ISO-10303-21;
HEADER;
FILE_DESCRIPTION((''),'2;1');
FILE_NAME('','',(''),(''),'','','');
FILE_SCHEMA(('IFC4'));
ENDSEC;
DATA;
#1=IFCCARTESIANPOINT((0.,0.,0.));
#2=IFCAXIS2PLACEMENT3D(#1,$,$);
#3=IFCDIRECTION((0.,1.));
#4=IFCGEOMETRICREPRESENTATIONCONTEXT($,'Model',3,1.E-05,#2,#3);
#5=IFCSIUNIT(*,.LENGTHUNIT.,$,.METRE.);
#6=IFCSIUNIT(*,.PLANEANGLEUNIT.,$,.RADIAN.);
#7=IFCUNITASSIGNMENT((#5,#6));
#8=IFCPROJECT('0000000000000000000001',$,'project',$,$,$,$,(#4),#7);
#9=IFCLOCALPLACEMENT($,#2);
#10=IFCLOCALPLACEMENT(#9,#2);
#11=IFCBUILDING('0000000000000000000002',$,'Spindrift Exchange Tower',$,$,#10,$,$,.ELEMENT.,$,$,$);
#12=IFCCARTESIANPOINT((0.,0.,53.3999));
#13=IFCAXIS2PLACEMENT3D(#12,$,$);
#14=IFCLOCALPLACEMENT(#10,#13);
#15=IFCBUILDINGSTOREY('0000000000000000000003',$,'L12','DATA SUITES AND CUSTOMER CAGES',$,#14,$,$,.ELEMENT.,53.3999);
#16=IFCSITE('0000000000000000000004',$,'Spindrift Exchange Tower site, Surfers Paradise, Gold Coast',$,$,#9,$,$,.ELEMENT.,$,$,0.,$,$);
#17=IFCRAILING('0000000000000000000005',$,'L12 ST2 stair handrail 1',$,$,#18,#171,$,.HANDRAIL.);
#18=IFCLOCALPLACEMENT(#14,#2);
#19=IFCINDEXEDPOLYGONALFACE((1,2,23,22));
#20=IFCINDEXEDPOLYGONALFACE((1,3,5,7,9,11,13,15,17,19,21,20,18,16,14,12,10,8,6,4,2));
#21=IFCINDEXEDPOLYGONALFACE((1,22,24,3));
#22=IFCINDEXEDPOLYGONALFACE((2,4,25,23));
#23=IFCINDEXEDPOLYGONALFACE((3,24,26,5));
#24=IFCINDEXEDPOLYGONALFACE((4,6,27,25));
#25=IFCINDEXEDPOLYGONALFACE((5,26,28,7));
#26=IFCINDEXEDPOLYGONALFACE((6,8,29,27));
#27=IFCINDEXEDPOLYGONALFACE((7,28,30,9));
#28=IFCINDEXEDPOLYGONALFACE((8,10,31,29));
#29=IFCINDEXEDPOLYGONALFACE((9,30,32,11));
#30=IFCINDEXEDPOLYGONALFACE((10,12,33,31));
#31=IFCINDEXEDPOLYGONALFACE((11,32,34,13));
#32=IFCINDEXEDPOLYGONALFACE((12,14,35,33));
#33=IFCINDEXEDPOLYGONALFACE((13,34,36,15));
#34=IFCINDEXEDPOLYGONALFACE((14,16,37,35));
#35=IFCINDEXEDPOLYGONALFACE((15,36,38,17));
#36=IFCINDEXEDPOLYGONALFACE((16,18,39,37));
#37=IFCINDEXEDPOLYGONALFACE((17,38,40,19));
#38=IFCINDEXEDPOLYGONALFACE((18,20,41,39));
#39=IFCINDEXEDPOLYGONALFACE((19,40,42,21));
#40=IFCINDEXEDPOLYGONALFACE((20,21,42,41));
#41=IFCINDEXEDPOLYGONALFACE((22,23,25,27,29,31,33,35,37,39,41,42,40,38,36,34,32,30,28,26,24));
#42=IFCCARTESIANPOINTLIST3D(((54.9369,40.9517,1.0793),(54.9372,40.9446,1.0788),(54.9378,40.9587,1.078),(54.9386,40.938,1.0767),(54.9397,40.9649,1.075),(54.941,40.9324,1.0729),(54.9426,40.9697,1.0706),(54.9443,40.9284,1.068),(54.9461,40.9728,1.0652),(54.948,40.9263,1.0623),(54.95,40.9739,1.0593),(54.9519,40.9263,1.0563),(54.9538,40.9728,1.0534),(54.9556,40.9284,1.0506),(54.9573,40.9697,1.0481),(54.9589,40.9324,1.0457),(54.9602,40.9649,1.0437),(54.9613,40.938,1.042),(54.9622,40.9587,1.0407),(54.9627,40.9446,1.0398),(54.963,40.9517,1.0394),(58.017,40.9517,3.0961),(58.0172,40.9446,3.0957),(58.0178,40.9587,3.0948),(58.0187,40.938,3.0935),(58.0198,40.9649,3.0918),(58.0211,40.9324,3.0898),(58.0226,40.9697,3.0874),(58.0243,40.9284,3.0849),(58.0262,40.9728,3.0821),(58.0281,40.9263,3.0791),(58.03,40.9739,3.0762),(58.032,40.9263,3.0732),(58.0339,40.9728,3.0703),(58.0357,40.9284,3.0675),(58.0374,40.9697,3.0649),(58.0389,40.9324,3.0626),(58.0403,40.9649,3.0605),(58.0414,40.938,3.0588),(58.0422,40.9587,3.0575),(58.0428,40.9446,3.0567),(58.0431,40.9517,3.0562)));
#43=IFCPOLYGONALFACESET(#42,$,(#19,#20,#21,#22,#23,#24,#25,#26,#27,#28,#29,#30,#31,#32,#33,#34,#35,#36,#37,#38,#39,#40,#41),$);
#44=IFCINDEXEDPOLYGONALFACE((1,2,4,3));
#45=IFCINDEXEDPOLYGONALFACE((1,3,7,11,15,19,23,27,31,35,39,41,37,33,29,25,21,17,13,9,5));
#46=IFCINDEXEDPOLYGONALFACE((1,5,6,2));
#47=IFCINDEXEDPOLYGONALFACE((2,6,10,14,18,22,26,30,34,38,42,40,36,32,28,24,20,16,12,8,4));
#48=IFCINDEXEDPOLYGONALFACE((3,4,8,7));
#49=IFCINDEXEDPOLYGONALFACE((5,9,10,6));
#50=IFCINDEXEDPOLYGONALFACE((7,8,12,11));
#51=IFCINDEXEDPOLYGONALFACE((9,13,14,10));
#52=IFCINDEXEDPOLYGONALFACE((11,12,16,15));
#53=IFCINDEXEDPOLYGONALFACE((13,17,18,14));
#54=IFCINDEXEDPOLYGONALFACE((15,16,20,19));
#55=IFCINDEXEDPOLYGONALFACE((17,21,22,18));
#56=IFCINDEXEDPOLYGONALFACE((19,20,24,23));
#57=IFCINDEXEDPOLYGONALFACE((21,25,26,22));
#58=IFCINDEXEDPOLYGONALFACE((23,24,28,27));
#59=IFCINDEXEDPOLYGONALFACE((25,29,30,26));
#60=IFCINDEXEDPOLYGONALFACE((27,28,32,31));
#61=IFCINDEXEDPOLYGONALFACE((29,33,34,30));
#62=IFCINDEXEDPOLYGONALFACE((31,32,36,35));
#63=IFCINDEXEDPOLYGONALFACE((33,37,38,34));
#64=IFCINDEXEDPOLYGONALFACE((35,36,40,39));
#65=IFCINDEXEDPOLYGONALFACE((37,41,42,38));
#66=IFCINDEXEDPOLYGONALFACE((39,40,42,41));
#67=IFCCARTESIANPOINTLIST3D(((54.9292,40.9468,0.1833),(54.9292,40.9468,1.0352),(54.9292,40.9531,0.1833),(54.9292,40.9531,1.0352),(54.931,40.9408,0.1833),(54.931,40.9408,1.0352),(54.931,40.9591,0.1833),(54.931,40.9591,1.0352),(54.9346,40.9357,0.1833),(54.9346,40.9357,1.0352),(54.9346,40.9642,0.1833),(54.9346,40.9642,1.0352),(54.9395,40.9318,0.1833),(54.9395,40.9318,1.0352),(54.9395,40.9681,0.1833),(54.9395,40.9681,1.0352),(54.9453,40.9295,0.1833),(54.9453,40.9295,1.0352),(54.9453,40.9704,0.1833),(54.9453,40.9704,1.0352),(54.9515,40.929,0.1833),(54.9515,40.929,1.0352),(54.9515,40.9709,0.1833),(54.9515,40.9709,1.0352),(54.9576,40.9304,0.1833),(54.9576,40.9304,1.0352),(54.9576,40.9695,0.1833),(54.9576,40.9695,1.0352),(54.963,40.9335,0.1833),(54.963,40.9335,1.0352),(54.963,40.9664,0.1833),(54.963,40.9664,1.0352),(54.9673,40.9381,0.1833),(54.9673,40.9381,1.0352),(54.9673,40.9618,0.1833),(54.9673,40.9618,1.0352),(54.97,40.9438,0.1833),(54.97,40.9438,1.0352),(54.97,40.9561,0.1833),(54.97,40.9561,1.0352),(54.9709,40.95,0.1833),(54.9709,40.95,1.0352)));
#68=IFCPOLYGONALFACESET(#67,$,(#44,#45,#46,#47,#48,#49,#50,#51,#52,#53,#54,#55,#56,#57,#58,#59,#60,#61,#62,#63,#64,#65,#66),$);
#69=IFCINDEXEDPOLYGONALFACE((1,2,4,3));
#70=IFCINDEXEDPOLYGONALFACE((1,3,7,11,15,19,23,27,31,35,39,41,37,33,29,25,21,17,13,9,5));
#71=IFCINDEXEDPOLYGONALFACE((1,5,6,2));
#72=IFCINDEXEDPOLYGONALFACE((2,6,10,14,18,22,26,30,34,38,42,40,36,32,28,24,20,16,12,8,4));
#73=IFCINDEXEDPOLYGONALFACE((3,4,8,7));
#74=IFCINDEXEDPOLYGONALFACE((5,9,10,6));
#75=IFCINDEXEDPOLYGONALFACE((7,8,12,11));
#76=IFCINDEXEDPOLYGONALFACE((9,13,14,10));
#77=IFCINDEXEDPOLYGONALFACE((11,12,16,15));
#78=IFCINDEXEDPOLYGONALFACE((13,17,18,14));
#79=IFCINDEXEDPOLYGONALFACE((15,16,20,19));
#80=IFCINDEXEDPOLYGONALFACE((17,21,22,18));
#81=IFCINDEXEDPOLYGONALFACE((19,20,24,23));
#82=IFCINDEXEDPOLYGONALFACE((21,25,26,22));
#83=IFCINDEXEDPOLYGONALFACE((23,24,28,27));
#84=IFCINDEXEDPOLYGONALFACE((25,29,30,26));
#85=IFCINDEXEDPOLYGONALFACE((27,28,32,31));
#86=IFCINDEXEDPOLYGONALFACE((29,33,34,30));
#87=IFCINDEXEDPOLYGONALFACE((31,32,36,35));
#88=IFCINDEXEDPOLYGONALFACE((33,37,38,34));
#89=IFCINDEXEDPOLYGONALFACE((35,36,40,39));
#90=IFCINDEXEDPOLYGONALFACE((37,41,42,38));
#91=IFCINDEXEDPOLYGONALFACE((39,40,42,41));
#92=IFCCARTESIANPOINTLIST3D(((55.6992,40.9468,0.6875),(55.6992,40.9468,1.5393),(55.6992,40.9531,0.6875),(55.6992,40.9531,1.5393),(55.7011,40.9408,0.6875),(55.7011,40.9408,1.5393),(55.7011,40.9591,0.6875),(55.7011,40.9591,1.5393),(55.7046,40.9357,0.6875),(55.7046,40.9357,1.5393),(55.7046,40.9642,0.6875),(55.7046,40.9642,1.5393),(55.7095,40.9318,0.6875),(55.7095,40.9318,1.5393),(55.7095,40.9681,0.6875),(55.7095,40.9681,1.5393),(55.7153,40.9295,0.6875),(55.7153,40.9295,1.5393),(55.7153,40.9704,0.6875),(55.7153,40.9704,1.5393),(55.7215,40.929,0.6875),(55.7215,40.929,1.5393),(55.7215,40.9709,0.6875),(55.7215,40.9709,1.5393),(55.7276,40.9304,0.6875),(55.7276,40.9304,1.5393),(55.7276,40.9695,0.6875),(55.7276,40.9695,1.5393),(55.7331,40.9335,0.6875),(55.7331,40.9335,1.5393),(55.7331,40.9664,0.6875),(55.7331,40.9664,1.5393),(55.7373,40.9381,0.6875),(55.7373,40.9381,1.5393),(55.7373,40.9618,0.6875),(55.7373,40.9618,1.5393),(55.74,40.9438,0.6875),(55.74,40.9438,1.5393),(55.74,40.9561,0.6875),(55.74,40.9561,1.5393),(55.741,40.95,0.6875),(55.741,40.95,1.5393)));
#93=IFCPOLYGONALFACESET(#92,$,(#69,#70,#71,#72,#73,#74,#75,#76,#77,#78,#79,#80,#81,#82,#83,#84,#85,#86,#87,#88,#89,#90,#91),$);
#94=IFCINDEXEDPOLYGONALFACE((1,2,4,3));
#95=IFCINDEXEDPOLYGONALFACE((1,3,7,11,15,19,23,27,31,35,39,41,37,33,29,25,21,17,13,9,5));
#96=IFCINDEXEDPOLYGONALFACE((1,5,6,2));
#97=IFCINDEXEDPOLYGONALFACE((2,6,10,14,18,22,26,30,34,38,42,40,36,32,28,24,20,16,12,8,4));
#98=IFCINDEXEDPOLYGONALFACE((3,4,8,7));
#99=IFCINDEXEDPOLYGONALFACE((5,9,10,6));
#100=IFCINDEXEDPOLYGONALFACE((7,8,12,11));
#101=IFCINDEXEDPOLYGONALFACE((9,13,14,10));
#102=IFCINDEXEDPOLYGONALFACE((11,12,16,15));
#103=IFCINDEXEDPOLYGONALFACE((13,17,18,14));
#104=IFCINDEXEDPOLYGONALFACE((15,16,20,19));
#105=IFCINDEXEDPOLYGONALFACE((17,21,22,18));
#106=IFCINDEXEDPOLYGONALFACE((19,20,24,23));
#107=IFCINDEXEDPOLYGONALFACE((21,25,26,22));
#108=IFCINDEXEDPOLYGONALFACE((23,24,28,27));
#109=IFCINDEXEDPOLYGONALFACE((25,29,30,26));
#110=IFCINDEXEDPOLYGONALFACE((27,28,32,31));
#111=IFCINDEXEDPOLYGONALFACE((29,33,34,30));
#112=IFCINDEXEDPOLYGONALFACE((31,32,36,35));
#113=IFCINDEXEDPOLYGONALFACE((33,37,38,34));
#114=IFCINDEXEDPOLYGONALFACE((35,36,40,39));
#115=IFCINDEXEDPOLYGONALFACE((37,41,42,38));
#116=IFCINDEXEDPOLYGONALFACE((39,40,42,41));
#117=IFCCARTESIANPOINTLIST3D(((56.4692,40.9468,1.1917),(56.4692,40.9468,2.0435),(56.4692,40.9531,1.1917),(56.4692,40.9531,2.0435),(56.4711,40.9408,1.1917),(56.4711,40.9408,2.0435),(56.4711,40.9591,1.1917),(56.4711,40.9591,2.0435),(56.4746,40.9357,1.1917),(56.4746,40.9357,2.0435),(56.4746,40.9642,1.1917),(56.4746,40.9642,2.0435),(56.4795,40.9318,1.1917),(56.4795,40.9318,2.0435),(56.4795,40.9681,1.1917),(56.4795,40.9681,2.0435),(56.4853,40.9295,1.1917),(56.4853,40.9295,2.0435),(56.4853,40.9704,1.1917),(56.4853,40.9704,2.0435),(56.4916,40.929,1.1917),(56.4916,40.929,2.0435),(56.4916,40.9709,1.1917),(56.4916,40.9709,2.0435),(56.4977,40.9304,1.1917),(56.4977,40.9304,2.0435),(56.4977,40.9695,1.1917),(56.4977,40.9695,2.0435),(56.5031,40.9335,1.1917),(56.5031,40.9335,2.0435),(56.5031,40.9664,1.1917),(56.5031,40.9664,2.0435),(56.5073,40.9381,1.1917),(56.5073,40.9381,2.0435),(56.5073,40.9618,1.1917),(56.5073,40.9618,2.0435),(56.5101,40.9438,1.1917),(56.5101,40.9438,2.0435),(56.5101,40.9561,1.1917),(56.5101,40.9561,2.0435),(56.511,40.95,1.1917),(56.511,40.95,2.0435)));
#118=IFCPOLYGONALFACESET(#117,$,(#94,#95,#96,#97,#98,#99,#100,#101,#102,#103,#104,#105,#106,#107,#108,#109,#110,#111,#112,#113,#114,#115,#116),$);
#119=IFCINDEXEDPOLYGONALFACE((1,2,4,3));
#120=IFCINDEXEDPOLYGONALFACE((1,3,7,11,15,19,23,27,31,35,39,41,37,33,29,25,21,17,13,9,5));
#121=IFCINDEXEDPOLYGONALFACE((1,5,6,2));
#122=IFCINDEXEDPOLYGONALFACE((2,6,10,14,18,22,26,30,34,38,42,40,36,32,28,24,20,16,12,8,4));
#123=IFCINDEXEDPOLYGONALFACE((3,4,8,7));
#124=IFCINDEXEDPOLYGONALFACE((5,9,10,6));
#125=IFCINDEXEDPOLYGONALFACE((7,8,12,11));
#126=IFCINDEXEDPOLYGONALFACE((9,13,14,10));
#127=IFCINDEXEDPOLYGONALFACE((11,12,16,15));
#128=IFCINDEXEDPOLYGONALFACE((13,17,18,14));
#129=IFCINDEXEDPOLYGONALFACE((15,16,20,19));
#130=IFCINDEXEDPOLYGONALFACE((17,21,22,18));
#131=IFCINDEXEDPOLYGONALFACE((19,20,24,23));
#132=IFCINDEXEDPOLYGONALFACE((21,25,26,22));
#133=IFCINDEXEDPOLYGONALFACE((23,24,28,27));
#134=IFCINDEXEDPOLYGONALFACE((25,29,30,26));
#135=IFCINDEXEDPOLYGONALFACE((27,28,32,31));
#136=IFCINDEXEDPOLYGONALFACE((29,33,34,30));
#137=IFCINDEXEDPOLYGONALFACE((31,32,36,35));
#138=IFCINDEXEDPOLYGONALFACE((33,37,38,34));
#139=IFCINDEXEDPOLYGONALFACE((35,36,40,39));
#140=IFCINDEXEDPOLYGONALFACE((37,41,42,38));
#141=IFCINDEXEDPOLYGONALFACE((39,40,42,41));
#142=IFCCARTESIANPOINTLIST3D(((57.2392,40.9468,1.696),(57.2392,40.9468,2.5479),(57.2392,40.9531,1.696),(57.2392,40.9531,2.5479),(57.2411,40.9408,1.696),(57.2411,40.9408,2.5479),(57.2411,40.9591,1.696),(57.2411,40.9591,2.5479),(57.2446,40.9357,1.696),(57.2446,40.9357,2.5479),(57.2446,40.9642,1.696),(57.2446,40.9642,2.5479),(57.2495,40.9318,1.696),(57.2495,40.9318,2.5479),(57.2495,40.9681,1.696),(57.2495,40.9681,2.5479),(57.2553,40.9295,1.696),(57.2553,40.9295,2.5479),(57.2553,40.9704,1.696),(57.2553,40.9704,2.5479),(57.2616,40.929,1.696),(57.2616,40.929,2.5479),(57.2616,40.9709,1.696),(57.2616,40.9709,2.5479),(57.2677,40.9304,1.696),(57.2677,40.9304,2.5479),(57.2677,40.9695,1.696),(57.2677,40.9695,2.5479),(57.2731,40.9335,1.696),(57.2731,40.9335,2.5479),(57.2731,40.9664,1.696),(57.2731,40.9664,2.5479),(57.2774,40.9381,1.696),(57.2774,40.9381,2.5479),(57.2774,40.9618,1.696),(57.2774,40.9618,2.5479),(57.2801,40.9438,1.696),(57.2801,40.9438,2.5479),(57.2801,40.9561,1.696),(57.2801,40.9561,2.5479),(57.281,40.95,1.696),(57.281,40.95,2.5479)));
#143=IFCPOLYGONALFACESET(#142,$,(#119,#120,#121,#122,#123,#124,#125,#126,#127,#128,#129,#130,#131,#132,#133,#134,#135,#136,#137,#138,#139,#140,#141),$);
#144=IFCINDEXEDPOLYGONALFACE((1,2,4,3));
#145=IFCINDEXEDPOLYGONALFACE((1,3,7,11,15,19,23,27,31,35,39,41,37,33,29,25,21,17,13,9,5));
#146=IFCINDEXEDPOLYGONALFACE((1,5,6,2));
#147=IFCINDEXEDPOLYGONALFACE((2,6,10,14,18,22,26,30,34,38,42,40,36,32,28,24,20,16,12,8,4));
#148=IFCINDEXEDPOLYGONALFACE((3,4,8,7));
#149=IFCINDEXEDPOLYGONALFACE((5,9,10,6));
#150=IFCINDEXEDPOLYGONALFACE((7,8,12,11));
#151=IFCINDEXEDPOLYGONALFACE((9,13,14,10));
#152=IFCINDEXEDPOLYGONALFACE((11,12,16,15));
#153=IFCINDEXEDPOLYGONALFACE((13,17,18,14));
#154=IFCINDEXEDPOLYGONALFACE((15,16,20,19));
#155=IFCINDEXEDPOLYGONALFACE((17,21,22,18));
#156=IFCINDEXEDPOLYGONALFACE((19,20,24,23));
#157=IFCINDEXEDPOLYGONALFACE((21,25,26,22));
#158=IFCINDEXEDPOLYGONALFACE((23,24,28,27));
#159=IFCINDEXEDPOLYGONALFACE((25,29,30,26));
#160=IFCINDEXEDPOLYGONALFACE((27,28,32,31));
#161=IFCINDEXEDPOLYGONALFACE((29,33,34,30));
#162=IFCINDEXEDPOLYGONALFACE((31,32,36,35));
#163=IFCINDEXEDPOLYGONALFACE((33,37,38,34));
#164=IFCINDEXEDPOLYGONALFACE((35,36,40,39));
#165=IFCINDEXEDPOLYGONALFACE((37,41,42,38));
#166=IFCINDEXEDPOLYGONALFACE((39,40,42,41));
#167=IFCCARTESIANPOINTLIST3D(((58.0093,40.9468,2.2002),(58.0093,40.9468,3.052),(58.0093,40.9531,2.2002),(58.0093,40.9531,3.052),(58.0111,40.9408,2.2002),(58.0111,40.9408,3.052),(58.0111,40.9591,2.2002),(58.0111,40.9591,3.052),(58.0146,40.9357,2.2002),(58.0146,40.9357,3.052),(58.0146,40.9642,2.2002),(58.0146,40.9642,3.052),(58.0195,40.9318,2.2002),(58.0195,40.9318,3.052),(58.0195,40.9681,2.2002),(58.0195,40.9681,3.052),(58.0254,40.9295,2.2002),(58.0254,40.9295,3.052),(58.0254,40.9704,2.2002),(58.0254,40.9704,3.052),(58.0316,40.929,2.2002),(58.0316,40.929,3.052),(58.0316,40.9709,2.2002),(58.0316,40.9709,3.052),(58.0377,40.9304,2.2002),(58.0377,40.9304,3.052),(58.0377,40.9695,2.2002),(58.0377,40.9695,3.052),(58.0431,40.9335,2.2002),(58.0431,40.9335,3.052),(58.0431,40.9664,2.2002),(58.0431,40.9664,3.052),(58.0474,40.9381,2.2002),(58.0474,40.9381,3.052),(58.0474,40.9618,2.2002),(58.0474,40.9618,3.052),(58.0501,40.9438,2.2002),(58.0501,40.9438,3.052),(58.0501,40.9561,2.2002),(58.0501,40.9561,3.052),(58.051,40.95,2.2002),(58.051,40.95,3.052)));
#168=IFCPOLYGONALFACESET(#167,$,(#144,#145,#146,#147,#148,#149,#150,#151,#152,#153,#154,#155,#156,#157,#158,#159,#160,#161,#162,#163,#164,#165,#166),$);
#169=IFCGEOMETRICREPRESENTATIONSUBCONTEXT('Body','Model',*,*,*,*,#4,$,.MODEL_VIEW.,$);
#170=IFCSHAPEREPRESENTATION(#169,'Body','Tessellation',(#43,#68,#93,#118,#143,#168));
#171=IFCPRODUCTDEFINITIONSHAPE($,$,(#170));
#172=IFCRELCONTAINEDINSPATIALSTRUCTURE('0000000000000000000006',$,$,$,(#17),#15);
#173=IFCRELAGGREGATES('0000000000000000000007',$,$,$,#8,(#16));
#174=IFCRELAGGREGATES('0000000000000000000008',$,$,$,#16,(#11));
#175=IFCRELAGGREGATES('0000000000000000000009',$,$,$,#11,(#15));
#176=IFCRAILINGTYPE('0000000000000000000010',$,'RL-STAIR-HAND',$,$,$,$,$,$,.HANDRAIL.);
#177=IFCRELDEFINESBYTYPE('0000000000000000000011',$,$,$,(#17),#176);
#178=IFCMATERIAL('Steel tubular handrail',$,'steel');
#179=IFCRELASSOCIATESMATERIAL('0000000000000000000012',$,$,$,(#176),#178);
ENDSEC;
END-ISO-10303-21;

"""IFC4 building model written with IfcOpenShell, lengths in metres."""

from ifc_helpers import new_model, si_unit, direction, frame, origin, origin_2d, place, context, subcontext, project, spatial, circle, extrude, material, type_object, element, save


model = new_model("IFC4")

# Units and contexts
model_context = context("Model", 3, precision=1e-05, world=origin(), true_north=direction((0.0, 1.0)))
body_context = subcontext(model_context, "Body", "Model", "MODEL_VIEW")
ifc_project = project(units=[si_unit("LENGTHUNIT", "METRE"), si_unit("PLANEANGLEUNIT", "RADIAN")], contexts=[model_context])

# Site, building, storey
site_placement = place(None, origin())
site = spatial("IfcSite", under=ifc_project, at=site_placement, Name="Spindrift Exchange Tower site, Surfers Paradise, Gold Coast", CompositionType="ELEMENT", RefElevation=0.0)
building_placement = place(site_placement, origin())
building = spatial("IfcBuilding", under=site, at=building_placement, Name="Spindrift Exchange Tower", CompositionType="ELEMENT")
storey_placement = place(building_placement, frame((0.0, 0.0, 53.3999)))
storey = spatial("IfcBuildingStorey", under=building, at=storey_placement, Name="L12", Description="DATA SUITES AND CUSTOMER CAGES", CompositionType="ELEMENT", Elevation=53.3999)

# Railing
ifc_material_1 = material(Name="Steel tubular handrail", Category="steel")
railing_type_1 = type_object("IfcRailingType", Name="RL-STAIR-HAND", PredefinedType="HANDRAIL", material=ifc_material_1)
railing_1_placement = place(storey_placement, frame((54.95, 40.95, 0.1833)))
element("IfcRailing", 1, at=railing_1_placement, inside=storey, type_object=railing_type_1, Name="L12 ST2 stair handrail 1", PredefinedType="HANDRAIL", context=body_context, shape_type="SweptSolid", body=[
    extrude(circle(Radius=0.0239, at=origin_2d()), frame((0.0, 0.0, 0.876), z_axis=(0.836603, 0.0, 0.54781), x_axis=(0.0, 1.0, 0.0)), (0.0, 0.0, 1.0), 3.6816),
    extrude(circle(Radius=0.021, at=origin_2d()), origin(), (0.0, 0.0, 1.0), 0.8518),
    extrude(circle(Radius=0.021, at=origin_2d()), frame((0.77, 0.0, 0.5042)), (0.0, 0.0, 1.0), 0.8518),
    extrude(circle(Radius=0.021, at=origin_2d()), frame((1.54, 0.0, 1.0083)), (0.0, 0.0, 1.0), 0.8518),
    extrude(circle(Radius=0.021, at=origin_2d()), frame((2.3101, 0.0, 1.5127)), (0.0, 0.0, 1.0), 0.8518),
    extrude(circle(Radius=0.021, at=origin_2d()), frame((3.0801, 0.0, 2.0168)), (0.0, 0.0, 1.0), 0.8518),
])

save(model, "model.ifc")
